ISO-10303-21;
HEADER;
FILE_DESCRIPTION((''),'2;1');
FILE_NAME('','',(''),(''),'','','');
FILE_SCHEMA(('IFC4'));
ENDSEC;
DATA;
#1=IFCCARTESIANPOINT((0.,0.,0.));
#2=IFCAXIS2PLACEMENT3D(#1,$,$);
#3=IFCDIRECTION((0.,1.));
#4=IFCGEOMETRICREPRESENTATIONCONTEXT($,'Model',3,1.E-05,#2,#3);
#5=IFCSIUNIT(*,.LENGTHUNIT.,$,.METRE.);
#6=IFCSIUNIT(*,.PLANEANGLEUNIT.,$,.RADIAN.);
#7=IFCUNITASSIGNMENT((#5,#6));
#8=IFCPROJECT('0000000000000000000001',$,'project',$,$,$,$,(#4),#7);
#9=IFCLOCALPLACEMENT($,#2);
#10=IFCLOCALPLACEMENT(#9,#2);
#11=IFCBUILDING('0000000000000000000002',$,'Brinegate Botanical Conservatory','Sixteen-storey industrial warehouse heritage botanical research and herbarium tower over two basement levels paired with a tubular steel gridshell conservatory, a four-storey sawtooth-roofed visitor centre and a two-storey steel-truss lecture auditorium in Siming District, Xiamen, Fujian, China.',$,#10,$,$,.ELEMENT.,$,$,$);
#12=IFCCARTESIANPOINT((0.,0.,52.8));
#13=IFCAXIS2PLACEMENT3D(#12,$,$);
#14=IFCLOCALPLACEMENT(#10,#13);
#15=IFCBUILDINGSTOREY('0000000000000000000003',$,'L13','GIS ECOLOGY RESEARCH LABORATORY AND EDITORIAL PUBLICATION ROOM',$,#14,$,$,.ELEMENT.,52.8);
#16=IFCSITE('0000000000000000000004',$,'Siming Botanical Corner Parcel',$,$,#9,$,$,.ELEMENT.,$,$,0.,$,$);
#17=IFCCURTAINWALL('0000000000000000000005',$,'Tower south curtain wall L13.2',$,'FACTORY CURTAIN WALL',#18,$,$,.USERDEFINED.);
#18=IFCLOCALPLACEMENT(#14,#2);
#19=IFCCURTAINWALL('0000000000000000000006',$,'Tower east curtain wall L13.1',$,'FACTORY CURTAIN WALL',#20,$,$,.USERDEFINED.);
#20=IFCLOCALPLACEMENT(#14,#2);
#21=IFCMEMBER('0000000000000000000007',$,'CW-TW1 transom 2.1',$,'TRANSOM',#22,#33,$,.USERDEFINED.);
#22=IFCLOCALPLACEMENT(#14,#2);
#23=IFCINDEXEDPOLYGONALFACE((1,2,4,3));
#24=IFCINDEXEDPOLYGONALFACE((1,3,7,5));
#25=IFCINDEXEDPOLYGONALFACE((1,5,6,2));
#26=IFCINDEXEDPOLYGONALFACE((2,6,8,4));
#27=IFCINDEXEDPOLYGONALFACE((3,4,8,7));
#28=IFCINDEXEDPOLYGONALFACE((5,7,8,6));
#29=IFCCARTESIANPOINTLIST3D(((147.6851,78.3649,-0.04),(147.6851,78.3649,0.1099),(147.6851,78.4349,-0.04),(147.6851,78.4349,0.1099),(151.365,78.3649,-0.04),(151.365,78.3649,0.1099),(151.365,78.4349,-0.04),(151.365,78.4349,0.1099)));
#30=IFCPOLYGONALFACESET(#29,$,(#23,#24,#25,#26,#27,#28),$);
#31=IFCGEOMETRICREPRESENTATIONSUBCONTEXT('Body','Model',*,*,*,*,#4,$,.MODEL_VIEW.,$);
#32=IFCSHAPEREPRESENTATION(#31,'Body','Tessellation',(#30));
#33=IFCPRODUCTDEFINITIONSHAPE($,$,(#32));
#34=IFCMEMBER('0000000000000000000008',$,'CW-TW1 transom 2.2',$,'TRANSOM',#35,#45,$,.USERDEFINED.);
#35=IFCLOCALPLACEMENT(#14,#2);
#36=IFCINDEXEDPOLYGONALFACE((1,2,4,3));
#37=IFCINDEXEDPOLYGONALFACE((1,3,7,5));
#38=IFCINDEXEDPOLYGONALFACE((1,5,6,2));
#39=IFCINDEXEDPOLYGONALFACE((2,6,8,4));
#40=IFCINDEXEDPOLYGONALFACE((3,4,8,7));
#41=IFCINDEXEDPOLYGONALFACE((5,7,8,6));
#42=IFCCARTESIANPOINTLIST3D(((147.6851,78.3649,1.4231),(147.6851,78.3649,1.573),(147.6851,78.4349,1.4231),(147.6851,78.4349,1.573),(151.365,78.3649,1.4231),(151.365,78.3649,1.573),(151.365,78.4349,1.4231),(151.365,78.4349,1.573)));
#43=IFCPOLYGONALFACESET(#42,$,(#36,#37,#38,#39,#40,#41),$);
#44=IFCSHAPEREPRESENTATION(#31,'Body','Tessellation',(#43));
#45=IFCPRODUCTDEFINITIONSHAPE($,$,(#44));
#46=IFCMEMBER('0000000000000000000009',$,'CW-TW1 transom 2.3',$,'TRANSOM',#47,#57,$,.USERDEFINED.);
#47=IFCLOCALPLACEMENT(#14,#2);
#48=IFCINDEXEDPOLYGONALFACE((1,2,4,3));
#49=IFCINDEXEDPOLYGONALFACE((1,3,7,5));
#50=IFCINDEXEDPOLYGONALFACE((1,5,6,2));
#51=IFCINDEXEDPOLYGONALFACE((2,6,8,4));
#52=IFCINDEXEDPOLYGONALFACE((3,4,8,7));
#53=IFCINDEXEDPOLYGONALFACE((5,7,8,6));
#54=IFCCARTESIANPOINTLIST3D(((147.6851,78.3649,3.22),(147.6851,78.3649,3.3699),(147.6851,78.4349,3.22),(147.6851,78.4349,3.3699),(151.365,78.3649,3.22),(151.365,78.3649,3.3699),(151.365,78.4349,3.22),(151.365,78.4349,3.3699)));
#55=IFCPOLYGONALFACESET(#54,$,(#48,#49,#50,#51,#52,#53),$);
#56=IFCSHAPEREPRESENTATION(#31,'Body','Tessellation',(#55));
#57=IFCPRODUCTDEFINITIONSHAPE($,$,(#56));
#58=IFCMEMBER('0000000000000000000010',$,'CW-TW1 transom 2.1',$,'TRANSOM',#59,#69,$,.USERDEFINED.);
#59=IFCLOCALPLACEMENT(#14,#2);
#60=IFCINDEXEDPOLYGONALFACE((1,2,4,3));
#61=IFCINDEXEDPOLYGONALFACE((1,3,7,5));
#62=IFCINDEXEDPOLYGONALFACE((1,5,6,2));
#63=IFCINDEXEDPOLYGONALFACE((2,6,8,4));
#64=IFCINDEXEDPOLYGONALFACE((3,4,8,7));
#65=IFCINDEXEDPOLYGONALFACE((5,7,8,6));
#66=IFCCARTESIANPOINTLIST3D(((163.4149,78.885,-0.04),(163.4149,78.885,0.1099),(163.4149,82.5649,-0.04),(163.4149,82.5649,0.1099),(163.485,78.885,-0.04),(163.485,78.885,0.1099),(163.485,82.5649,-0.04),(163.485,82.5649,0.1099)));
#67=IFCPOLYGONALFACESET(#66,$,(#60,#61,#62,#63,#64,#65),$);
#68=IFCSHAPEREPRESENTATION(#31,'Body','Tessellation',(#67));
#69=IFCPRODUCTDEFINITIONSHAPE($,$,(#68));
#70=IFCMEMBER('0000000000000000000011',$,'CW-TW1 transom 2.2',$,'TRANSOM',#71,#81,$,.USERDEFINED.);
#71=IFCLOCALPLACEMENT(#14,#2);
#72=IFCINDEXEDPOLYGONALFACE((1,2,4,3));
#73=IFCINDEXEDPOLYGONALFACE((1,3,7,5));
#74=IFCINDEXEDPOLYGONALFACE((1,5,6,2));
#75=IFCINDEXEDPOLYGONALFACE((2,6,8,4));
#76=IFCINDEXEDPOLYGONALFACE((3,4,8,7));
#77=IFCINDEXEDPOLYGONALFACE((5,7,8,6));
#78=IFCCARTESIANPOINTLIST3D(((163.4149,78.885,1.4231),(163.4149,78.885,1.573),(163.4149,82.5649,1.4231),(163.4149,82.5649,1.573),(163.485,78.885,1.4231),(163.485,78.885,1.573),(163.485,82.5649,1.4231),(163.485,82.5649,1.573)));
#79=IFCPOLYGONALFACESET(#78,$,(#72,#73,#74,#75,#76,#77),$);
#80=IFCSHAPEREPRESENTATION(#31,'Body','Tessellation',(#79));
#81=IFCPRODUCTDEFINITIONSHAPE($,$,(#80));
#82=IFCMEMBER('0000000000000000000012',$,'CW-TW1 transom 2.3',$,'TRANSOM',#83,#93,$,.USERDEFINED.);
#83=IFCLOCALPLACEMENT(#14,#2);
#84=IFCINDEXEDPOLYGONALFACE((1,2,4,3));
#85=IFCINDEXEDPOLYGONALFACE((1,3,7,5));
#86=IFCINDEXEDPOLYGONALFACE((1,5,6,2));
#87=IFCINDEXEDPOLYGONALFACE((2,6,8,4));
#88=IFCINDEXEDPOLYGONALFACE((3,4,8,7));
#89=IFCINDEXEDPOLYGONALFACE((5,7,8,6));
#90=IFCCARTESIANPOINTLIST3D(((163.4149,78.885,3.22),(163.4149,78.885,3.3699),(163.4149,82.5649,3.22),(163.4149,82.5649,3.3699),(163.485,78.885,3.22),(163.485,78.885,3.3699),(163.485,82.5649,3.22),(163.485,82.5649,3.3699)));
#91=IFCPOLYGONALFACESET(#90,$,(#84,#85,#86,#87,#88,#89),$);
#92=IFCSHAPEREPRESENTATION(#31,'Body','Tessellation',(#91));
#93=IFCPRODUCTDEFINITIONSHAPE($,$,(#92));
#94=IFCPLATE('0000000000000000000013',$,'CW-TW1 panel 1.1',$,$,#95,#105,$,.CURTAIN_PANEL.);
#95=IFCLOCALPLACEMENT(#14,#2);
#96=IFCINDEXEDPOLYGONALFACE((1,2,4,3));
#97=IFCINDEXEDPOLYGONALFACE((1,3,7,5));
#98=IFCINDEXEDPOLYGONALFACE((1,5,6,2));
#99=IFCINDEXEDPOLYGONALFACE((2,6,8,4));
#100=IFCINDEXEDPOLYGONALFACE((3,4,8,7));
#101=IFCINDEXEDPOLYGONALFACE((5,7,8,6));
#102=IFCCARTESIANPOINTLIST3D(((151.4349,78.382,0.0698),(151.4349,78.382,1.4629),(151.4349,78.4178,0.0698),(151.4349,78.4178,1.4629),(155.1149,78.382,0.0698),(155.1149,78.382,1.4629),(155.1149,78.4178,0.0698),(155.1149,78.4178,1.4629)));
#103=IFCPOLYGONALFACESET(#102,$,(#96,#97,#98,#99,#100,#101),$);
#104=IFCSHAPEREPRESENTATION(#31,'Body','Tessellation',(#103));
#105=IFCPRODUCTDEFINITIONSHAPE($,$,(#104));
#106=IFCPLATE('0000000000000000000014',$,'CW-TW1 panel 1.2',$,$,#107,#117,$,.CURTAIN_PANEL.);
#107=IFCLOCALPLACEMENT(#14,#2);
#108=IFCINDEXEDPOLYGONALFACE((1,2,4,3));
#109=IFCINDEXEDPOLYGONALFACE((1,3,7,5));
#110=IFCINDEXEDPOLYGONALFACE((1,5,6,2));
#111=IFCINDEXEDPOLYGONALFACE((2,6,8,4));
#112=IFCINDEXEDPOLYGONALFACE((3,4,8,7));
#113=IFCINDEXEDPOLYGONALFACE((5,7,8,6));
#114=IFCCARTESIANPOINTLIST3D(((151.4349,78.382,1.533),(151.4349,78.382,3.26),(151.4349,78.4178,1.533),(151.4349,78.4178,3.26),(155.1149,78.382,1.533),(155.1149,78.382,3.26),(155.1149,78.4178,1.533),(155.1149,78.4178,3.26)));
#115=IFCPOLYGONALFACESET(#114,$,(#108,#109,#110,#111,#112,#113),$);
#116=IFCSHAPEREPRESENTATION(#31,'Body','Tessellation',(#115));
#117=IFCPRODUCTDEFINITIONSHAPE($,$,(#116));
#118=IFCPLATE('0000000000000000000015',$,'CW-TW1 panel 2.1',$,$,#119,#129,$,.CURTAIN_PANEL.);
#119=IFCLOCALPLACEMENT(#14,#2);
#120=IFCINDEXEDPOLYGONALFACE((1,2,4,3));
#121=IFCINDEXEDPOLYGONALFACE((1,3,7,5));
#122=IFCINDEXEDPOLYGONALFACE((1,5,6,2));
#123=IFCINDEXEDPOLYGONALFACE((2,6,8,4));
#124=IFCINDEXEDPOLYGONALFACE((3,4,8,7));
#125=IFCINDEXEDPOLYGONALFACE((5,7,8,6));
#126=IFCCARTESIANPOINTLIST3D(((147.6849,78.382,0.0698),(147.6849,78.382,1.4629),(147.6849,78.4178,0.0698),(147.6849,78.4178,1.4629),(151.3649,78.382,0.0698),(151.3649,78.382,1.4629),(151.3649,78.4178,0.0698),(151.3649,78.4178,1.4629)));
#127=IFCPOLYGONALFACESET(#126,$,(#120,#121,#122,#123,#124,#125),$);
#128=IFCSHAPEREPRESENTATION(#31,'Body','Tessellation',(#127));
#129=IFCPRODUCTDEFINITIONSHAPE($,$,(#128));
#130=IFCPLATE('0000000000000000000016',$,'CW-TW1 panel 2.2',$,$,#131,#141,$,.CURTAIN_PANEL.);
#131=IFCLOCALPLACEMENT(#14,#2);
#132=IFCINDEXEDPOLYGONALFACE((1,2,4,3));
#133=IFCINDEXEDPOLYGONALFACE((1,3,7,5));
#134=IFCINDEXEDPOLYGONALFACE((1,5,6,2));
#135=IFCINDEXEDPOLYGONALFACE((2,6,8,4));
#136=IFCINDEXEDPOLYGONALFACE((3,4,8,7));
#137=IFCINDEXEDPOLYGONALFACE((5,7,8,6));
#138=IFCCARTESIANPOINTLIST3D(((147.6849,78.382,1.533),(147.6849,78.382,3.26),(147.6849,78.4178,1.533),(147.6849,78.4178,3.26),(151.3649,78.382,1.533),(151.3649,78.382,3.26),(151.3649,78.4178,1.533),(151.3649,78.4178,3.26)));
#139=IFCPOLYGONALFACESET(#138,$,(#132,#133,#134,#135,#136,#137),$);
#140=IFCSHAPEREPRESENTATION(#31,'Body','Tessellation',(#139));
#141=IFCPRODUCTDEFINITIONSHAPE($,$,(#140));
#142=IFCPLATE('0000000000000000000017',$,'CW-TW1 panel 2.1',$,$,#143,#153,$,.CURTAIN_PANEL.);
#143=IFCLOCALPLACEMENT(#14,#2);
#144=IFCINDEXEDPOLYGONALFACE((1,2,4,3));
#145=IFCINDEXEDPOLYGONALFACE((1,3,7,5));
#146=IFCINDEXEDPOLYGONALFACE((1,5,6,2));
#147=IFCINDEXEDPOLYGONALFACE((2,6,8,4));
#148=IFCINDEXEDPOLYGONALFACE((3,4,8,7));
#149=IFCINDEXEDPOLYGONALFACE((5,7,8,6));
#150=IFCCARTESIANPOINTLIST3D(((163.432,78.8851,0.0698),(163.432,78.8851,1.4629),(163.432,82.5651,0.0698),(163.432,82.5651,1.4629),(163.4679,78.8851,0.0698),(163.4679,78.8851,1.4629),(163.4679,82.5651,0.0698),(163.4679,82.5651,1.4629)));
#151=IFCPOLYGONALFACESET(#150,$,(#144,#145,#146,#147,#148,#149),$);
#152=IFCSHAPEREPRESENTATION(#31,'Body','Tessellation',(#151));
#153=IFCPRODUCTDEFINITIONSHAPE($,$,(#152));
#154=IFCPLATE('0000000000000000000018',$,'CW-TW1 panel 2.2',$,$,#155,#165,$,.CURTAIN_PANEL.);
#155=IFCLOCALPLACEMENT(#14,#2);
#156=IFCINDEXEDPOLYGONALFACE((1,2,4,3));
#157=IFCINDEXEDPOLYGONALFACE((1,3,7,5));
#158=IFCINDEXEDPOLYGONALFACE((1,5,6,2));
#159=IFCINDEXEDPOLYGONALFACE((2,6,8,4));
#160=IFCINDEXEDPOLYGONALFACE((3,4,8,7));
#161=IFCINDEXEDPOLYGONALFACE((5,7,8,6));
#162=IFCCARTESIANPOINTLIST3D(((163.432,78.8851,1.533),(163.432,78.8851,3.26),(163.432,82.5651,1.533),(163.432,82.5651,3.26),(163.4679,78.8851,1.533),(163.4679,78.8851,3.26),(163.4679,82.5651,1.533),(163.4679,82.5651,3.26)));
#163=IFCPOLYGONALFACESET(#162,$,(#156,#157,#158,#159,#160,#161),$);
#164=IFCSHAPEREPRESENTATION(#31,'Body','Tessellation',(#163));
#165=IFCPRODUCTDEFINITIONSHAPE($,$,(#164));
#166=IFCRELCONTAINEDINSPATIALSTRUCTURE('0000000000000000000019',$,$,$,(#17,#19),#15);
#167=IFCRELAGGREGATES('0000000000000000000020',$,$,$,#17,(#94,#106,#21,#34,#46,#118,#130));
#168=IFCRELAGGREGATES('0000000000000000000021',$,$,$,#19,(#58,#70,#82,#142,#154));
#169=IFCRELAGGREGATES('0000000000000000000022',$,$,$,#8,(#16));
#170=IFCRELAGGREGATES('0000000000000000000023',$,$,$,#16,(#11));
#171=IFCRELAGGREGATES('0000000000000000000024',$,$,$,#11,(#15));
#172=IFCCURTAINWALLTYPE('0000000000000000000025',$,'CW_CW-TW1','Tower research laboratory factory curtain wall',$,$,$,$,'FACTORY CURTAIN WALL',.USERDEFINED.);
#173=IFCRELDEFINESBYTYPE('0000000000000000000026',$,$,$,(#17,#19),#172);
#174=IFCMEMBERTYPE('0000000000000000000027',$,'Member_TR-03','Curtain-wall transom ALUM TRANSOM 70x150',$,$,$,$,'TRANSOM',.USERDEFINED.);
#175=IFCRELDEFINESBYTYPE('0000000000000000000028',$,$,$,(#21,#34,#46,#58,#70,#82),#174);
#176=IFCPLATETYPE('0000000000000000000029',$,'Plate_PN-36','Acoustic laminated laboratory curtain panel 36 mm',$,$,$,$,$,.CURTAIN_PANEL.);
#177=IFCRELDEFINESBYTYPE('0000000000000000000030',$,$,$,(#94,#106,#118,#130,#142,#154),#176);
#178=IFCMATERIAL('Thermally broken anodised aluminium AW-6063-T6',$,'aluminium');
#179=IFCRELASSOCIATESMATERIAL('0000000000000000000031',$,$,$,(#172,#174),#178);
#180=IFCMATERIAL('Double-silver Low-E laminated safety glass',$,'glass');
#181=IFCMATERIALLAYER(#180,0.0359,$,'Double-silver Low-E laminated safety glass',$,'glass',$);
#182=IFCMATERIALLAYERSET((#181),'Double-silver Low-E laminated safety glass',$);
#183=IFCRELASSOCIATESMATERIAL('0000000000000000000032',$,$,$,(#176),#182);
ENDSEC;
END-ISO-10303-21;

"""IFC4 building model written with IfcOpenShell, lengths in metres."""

from ifc_helpers import new_model, si_unit, direction, frame, origin, origin_2d, place, context, subcontext, project, spatial, rectangle, extrude, material, layer, layer_set, material_profile, profile_set, type_object, element, aggregate, save


model = new_model("IFC4")

# Units and contexts
model_context = context("Model", 3, precision=1e-05, world=origin(), true_north=direction((0.0, 1.0)))
body_context = subcontext(model_context, "Body", "Model", "MODEL_VIEW")
ifc_project = project(units=[si_unit("LENGTHUNIT", "METRE"), si_unit("PLANEANGLEUNIT", "RADIAN")], contexts=[model_context])

# Site, building, storey
site_placement = place(None, origin())
site = spatial("IfcSite", under=ifc_project, at=site_placement, Name="Siming Botanical Corner Parcel", CompositionType="ELEMENT", RefElevation=0.0)
building_placement = place(site_placement, origin())
building = spatial("IfcBuilding", under=site, at=building_placement, Name="Brinegate Botanical Conservatory", Description="Sixteen-storey industrial warehouse heritage botanical research and herbarium tower over two basement levels paired with a tubular steel gridshell conservatory, a four-storey sawtooth-roofed visitor centre and a two-storey steel-truss lecture auditorium in Siming District, Xiamen, Fujian, China.", CompositionType="ELEMENT")
storey_placement = place(building_placement, frame((0.0, 0.0, 52.8)))
storey = spatial("IfcBuildingStorey", under=building, at=storey_placement, Name="L13", Description="GIS ECOLOGY RESEARCH LABORATORY AND EDITORIAL PUBLICATION ROOM", CompositionType="ELEMENT", Elevation=52.8)

# Curtain wall
ifc_material_1 = material(Name="Thermally broken anodised aluminium AW-6063-T6", Category="aluminium")
curtain_wall_type = type_object("IfcCurtainWallType", Name="CW_CW-TW1", Description="Tower research laboratory factory curtain wall", ElementType="FACTORY CURTAIN WALL", PredefinedType="USERDEFINED", material=ifc_material_1)
curtain_wall_1_placement = place(storey_placement, origin())
curtain_wall_1 = element("IfcCurtainWall", 1, at=curtain_wall_1_placement, inside=storey, type_object=curtain_wall_type, Name="Tower south curtain wall L13.2", ObjectType="FACTORY CURTAIN WALL", PredefinedType="USERDEFINED")

# Curtain wall
curtain_wall_2_placement = place(storey_placement, origin())
curtain_wall_2 = element("IfcCurtainWall", 2, at=curtain_wall_2_placement, inside=storey, type_object=curtain_wall_type, Name="Tower east curtain wall L13.1", ObjectType="FACTORY CURTAIN WALL", PredefinedType="USERDEFINED")

# Members
ifc_material_profile_1 = material_profile(ifc_material_1, rectangle(XDim=0.0701, YDim=0.1499, at=origin_2d()), Name="ALUM TRANSOM 70x150")
ifc_profile_set_1 = profile_set([ifc_material_profile_1], Name="Thermally broken anodised aluminium AW-6063-T6")
member_type_1 = type_object("IfcMemberType", Name="Member_TR-03", Description="Curtain-wall transom ALUM TRANSOM 70x150", ElementType="TRANSOM", PredefinedType="USERDEFINED", material=ifc_profile_set_1)
member_1_placement = place(storey_placement, frame((151.365, 78.3999, 0.0349), z_axis=(-1.0, 0.0, 0.0), x_axis=(0.0, -1.0, 0.0)))
member_1 = element("IfcMember", 3, at=member_1_placement, type_object=member_type_1, Name="CW-TW1 transom 2.1", ObjectType="TRANSOM", PredefinedType="USERDEFINED", context=body_context, shape_type="SweptSolid", body=[
    extrude(rectangle(XDim=0.0701, YDim=0.1499, at=origin_2d()), origin(), (0.0, 0.0, 1.0), 3.6799),
])
member_2_placement = place(storey_placement, frame((151.365, 78.3999, 1.498), z_axis=(-1.0, 0.0, 0.0), x_axis=(0.0, -1.0, 0.0)))
member_2 = element("IfcMember", 4, at=member_2_placement, type_object=member_type_1, Name="CW-TW1 transom 2.2", ObjectType="TRANSOM", PredefinedType="USERDEFINED", context=body_context, shape_type="SweptSolid", body=[
    extrude(rectangle(XDim=0.0701, YDim=0.1499, at=origin_2d()), origin(), (0.0, 0.0, 1.0), 3.6799),
])
member_3_placement = place(storey_placement, frame((151.365, 78.3999, 3.2949), z_axis=(-1.0, 0.0, 0.0), x_axis=(0.0, -1.0, 0.0)))
member_3 = element("IfcMember", 5, at=member_3_placement, type_object=member_type_1, Name="CW-TW1 transom 2.3", ObjectType="TRANSOM", PredefinedType="USERDEFINED", context=body_context, shape_type="SweptSolid", body=[
    extrude(rectangle(XDim=0.0701, YDim=0.1499, at=origin_2d()), origin(), (0.0, 0.0, 1.0), 3.6799),
])
member_4_placement = place(storey_placement, frame((163.45, 82.5649, 0.0349), z_axis=(0.0, -1.0, 0.0), x_axis=(1.0, 0.0, 0.0)))
member_4 = element("IfcMember", 6, at=member_4_placement, type_object=member_type_1, Name="CW-TW1 transom 2.1", ObjectType="TRANSOM", PredefinedType="USERDEFINED", context=body_context, shape_type="SweptSolid", body=[
    extrude(rectangle(XDim=0.0701, YDim=0.1499, at=origin_2d()), origin(), (0.0, 0.0, 1.0), 3.6799),
])
member_5_placement = place(storey_placement, frame((163.45, 82.5649, 1.498), z_axis=(0.0, -1.0, 0.0), x_axis=(1.0, 0.0, 0.0)))
member_5 = element("IfcMember", 7, at=member_5_placement, type_object=member_type_1, Name="CW-TW1 transom 2.2", ObjectType="TRANSOM", PredefinedType="USERDEFINED", context=body_context, shape_type="SweptSolid", body=[
    extrude(rectangle(XDim=0.0701, YDim=0.1499, at=origin_2d()), origin(), (0.0, 0.0, 1.0), 3.6799),
])
member_6_placement = place(storey_placement, frame((163.45, 82.5649, 3.2949), z_axis=(0.0, -1.0, 0.0), x_axis=(1.0, 0.0, 0.0)))
member_6 = element("IfcMember", 8, at=member_6_placement, type_object=member_type_1, Name="CW-TW1 transom 2.3", ObjectType="TRANSOM", PredefinedType="USERDEFINED", context=body_context, shape_type="SweptSolid", body=[
    extrude(rectangle(XDim=0.0701, YDim=0.1499, at=origin_2d()), origin(), (0.0, 0.0, 1.0), 3.6799),
])

# Plates
ifc_material_2 = material(Name="Double-silver Low-E laminated safety glass", Category="glass")
ifc_layer_1 = layer(ifc_material_2, 0.0359, Name="Double-silver Low-E laminated safety glass", Category="glass")
ifc_layer_set_1 = layer_set([ifc_layer_1], Name="Double-silver Low-E laminated safety glass")
plate_type = type_object("IfcPlateType", Name="Plate_PN-36", Description="Acoustic laminated laboratory curtain panel 36 mm", PredefinedType="CURTAIN_PANEL", material=ifc_layer_set_1)
plate_1_placement = place(storey_placement, frame((153.2749, 78.3999, 0.0698), z_axis=(0.0, 0.0, 1.0), x_axis=(-1.0, 0.0, 0.0)))
plate_1 = element("IfcPlate", 9, at=plate_1_placement, type_object=plate_type, Name="CW-TW1 panel 1.1", PredefinedType="CURTAIN_PANEL", context=body_context, shape_type="SweptSolid", body=[
    extrude(rectangle(XDim=3.6799, YDim=0.0359, at=origin_2d()), origin(), (0.0, 0.0, 1.0), 1.3931),
])
plate_2_placement = place(storey_placement, frame((153.2749, 78.3999, 1.533), z_axis=(0.0, 0.0, 1.0), x_axis=(-1.0, 0.0, 0.0)))
plate_2 = element("IfcPlate", 10, at=plate_2_placement, type_object=plate_type, Name="CW-TW1 panel 1.2", PredefinedType="CURTAIN_PANEL", context=body_context, shape_type="SweptSolid", body=[
    extrude(rectangle(XDim=3.6799, YDim=0.0359, at=origin_2d()), origin(), (0.0, 0.0, 1.0), 1.7271),
])
plate_3_placement = place(storey_placement, frame((149.5249, 78.3999, 0.0698), z_axis=(0.0, 0.0, 1.0), x_axis=(-1.0, 0.0, 0.0)))
plate_3 = element("IfcPlate", 11, at=plate_3_placement, type_object=plate_type, Name="CW-TW1 panel 2.1", PredefinedType="CURTAIN_PANEL", context=body_context, shape_type="SweptSolid", body=[
    extrude(rectangle(XDim=3.6799, YDim=0.0359, at=origin_2d()), origin(), (0.0, 0.0, 1.0), 1.3931),
])
plate_4_placement = place(storey_placement, frame((149.5249, 78.3999, 1.533), z_axis=(0.0, 0.0, 1.0), x_axis=(-1.0, 0.0, 0.0)))
plate_4 = element("IfcPlate", 12, at=plate_4_placement, type_object=plate_type, Name="CW-TW1 panel 2.2", PredefinedType="CURTAIN_PANEL", context=body_context, shape_type="SweptSolid", body=[
    extrude(rectangle(XDim=3.6799, YDim=0.0359, at=origin_2d()), origin(), (0.0, 0.0, 1.0), 1.7271),
])
aggregate(curtain_wall_1, [plate_1, plate_2, member_1, member_2, member_3, plate_3, plate_4])
plate_5_placement = place(storey_placement, frame((163.45, 80.7251, 0.0698), z_axis=(0.0, 0.0, 1.0), x_axis=(0.0, -1.0, 0.0)))
plate_5 = element("IfcPlate", 13, at=plate_5_placement, type_object=plate_type, Name="CW-TW1 panel 2.1", PredefinedType="CURTAIN_PANEL", context=body_context, shape_type="SweptSolid", body=[
    extrude(rectangle(XDim=3.6799, YDim=0.0359, at=origin_2d()), origin(), (0.0, 0.0, 1.0), 1.3931),
])
plate_6_placement = place(storey_placement, frame((163.45, 80.7251, 1.533), z_axis=(0.0, 0.0, 1.0), x_axis=(0.0, -1.0, 0.0)))
plate_6 = element("IfcPlate", 14, at=plate_6_placement, type_object=plate_type, Name="CW-TW1 panel 2.2", PredefinedType="CURTAIN_PANEL", context=body_context, shape_type="SweptSolid", body=[
    extrude(rectangle(XDim=3.6799, YDim=0.0359, at=origin_2d()), origin(), (0.0, 0.0, 1.0), 1.7271),
])
aggregate(curtain_wall_2, [member_4, member_5, member_6, plate_5, plate_6])

save(model, "model.ifc")
